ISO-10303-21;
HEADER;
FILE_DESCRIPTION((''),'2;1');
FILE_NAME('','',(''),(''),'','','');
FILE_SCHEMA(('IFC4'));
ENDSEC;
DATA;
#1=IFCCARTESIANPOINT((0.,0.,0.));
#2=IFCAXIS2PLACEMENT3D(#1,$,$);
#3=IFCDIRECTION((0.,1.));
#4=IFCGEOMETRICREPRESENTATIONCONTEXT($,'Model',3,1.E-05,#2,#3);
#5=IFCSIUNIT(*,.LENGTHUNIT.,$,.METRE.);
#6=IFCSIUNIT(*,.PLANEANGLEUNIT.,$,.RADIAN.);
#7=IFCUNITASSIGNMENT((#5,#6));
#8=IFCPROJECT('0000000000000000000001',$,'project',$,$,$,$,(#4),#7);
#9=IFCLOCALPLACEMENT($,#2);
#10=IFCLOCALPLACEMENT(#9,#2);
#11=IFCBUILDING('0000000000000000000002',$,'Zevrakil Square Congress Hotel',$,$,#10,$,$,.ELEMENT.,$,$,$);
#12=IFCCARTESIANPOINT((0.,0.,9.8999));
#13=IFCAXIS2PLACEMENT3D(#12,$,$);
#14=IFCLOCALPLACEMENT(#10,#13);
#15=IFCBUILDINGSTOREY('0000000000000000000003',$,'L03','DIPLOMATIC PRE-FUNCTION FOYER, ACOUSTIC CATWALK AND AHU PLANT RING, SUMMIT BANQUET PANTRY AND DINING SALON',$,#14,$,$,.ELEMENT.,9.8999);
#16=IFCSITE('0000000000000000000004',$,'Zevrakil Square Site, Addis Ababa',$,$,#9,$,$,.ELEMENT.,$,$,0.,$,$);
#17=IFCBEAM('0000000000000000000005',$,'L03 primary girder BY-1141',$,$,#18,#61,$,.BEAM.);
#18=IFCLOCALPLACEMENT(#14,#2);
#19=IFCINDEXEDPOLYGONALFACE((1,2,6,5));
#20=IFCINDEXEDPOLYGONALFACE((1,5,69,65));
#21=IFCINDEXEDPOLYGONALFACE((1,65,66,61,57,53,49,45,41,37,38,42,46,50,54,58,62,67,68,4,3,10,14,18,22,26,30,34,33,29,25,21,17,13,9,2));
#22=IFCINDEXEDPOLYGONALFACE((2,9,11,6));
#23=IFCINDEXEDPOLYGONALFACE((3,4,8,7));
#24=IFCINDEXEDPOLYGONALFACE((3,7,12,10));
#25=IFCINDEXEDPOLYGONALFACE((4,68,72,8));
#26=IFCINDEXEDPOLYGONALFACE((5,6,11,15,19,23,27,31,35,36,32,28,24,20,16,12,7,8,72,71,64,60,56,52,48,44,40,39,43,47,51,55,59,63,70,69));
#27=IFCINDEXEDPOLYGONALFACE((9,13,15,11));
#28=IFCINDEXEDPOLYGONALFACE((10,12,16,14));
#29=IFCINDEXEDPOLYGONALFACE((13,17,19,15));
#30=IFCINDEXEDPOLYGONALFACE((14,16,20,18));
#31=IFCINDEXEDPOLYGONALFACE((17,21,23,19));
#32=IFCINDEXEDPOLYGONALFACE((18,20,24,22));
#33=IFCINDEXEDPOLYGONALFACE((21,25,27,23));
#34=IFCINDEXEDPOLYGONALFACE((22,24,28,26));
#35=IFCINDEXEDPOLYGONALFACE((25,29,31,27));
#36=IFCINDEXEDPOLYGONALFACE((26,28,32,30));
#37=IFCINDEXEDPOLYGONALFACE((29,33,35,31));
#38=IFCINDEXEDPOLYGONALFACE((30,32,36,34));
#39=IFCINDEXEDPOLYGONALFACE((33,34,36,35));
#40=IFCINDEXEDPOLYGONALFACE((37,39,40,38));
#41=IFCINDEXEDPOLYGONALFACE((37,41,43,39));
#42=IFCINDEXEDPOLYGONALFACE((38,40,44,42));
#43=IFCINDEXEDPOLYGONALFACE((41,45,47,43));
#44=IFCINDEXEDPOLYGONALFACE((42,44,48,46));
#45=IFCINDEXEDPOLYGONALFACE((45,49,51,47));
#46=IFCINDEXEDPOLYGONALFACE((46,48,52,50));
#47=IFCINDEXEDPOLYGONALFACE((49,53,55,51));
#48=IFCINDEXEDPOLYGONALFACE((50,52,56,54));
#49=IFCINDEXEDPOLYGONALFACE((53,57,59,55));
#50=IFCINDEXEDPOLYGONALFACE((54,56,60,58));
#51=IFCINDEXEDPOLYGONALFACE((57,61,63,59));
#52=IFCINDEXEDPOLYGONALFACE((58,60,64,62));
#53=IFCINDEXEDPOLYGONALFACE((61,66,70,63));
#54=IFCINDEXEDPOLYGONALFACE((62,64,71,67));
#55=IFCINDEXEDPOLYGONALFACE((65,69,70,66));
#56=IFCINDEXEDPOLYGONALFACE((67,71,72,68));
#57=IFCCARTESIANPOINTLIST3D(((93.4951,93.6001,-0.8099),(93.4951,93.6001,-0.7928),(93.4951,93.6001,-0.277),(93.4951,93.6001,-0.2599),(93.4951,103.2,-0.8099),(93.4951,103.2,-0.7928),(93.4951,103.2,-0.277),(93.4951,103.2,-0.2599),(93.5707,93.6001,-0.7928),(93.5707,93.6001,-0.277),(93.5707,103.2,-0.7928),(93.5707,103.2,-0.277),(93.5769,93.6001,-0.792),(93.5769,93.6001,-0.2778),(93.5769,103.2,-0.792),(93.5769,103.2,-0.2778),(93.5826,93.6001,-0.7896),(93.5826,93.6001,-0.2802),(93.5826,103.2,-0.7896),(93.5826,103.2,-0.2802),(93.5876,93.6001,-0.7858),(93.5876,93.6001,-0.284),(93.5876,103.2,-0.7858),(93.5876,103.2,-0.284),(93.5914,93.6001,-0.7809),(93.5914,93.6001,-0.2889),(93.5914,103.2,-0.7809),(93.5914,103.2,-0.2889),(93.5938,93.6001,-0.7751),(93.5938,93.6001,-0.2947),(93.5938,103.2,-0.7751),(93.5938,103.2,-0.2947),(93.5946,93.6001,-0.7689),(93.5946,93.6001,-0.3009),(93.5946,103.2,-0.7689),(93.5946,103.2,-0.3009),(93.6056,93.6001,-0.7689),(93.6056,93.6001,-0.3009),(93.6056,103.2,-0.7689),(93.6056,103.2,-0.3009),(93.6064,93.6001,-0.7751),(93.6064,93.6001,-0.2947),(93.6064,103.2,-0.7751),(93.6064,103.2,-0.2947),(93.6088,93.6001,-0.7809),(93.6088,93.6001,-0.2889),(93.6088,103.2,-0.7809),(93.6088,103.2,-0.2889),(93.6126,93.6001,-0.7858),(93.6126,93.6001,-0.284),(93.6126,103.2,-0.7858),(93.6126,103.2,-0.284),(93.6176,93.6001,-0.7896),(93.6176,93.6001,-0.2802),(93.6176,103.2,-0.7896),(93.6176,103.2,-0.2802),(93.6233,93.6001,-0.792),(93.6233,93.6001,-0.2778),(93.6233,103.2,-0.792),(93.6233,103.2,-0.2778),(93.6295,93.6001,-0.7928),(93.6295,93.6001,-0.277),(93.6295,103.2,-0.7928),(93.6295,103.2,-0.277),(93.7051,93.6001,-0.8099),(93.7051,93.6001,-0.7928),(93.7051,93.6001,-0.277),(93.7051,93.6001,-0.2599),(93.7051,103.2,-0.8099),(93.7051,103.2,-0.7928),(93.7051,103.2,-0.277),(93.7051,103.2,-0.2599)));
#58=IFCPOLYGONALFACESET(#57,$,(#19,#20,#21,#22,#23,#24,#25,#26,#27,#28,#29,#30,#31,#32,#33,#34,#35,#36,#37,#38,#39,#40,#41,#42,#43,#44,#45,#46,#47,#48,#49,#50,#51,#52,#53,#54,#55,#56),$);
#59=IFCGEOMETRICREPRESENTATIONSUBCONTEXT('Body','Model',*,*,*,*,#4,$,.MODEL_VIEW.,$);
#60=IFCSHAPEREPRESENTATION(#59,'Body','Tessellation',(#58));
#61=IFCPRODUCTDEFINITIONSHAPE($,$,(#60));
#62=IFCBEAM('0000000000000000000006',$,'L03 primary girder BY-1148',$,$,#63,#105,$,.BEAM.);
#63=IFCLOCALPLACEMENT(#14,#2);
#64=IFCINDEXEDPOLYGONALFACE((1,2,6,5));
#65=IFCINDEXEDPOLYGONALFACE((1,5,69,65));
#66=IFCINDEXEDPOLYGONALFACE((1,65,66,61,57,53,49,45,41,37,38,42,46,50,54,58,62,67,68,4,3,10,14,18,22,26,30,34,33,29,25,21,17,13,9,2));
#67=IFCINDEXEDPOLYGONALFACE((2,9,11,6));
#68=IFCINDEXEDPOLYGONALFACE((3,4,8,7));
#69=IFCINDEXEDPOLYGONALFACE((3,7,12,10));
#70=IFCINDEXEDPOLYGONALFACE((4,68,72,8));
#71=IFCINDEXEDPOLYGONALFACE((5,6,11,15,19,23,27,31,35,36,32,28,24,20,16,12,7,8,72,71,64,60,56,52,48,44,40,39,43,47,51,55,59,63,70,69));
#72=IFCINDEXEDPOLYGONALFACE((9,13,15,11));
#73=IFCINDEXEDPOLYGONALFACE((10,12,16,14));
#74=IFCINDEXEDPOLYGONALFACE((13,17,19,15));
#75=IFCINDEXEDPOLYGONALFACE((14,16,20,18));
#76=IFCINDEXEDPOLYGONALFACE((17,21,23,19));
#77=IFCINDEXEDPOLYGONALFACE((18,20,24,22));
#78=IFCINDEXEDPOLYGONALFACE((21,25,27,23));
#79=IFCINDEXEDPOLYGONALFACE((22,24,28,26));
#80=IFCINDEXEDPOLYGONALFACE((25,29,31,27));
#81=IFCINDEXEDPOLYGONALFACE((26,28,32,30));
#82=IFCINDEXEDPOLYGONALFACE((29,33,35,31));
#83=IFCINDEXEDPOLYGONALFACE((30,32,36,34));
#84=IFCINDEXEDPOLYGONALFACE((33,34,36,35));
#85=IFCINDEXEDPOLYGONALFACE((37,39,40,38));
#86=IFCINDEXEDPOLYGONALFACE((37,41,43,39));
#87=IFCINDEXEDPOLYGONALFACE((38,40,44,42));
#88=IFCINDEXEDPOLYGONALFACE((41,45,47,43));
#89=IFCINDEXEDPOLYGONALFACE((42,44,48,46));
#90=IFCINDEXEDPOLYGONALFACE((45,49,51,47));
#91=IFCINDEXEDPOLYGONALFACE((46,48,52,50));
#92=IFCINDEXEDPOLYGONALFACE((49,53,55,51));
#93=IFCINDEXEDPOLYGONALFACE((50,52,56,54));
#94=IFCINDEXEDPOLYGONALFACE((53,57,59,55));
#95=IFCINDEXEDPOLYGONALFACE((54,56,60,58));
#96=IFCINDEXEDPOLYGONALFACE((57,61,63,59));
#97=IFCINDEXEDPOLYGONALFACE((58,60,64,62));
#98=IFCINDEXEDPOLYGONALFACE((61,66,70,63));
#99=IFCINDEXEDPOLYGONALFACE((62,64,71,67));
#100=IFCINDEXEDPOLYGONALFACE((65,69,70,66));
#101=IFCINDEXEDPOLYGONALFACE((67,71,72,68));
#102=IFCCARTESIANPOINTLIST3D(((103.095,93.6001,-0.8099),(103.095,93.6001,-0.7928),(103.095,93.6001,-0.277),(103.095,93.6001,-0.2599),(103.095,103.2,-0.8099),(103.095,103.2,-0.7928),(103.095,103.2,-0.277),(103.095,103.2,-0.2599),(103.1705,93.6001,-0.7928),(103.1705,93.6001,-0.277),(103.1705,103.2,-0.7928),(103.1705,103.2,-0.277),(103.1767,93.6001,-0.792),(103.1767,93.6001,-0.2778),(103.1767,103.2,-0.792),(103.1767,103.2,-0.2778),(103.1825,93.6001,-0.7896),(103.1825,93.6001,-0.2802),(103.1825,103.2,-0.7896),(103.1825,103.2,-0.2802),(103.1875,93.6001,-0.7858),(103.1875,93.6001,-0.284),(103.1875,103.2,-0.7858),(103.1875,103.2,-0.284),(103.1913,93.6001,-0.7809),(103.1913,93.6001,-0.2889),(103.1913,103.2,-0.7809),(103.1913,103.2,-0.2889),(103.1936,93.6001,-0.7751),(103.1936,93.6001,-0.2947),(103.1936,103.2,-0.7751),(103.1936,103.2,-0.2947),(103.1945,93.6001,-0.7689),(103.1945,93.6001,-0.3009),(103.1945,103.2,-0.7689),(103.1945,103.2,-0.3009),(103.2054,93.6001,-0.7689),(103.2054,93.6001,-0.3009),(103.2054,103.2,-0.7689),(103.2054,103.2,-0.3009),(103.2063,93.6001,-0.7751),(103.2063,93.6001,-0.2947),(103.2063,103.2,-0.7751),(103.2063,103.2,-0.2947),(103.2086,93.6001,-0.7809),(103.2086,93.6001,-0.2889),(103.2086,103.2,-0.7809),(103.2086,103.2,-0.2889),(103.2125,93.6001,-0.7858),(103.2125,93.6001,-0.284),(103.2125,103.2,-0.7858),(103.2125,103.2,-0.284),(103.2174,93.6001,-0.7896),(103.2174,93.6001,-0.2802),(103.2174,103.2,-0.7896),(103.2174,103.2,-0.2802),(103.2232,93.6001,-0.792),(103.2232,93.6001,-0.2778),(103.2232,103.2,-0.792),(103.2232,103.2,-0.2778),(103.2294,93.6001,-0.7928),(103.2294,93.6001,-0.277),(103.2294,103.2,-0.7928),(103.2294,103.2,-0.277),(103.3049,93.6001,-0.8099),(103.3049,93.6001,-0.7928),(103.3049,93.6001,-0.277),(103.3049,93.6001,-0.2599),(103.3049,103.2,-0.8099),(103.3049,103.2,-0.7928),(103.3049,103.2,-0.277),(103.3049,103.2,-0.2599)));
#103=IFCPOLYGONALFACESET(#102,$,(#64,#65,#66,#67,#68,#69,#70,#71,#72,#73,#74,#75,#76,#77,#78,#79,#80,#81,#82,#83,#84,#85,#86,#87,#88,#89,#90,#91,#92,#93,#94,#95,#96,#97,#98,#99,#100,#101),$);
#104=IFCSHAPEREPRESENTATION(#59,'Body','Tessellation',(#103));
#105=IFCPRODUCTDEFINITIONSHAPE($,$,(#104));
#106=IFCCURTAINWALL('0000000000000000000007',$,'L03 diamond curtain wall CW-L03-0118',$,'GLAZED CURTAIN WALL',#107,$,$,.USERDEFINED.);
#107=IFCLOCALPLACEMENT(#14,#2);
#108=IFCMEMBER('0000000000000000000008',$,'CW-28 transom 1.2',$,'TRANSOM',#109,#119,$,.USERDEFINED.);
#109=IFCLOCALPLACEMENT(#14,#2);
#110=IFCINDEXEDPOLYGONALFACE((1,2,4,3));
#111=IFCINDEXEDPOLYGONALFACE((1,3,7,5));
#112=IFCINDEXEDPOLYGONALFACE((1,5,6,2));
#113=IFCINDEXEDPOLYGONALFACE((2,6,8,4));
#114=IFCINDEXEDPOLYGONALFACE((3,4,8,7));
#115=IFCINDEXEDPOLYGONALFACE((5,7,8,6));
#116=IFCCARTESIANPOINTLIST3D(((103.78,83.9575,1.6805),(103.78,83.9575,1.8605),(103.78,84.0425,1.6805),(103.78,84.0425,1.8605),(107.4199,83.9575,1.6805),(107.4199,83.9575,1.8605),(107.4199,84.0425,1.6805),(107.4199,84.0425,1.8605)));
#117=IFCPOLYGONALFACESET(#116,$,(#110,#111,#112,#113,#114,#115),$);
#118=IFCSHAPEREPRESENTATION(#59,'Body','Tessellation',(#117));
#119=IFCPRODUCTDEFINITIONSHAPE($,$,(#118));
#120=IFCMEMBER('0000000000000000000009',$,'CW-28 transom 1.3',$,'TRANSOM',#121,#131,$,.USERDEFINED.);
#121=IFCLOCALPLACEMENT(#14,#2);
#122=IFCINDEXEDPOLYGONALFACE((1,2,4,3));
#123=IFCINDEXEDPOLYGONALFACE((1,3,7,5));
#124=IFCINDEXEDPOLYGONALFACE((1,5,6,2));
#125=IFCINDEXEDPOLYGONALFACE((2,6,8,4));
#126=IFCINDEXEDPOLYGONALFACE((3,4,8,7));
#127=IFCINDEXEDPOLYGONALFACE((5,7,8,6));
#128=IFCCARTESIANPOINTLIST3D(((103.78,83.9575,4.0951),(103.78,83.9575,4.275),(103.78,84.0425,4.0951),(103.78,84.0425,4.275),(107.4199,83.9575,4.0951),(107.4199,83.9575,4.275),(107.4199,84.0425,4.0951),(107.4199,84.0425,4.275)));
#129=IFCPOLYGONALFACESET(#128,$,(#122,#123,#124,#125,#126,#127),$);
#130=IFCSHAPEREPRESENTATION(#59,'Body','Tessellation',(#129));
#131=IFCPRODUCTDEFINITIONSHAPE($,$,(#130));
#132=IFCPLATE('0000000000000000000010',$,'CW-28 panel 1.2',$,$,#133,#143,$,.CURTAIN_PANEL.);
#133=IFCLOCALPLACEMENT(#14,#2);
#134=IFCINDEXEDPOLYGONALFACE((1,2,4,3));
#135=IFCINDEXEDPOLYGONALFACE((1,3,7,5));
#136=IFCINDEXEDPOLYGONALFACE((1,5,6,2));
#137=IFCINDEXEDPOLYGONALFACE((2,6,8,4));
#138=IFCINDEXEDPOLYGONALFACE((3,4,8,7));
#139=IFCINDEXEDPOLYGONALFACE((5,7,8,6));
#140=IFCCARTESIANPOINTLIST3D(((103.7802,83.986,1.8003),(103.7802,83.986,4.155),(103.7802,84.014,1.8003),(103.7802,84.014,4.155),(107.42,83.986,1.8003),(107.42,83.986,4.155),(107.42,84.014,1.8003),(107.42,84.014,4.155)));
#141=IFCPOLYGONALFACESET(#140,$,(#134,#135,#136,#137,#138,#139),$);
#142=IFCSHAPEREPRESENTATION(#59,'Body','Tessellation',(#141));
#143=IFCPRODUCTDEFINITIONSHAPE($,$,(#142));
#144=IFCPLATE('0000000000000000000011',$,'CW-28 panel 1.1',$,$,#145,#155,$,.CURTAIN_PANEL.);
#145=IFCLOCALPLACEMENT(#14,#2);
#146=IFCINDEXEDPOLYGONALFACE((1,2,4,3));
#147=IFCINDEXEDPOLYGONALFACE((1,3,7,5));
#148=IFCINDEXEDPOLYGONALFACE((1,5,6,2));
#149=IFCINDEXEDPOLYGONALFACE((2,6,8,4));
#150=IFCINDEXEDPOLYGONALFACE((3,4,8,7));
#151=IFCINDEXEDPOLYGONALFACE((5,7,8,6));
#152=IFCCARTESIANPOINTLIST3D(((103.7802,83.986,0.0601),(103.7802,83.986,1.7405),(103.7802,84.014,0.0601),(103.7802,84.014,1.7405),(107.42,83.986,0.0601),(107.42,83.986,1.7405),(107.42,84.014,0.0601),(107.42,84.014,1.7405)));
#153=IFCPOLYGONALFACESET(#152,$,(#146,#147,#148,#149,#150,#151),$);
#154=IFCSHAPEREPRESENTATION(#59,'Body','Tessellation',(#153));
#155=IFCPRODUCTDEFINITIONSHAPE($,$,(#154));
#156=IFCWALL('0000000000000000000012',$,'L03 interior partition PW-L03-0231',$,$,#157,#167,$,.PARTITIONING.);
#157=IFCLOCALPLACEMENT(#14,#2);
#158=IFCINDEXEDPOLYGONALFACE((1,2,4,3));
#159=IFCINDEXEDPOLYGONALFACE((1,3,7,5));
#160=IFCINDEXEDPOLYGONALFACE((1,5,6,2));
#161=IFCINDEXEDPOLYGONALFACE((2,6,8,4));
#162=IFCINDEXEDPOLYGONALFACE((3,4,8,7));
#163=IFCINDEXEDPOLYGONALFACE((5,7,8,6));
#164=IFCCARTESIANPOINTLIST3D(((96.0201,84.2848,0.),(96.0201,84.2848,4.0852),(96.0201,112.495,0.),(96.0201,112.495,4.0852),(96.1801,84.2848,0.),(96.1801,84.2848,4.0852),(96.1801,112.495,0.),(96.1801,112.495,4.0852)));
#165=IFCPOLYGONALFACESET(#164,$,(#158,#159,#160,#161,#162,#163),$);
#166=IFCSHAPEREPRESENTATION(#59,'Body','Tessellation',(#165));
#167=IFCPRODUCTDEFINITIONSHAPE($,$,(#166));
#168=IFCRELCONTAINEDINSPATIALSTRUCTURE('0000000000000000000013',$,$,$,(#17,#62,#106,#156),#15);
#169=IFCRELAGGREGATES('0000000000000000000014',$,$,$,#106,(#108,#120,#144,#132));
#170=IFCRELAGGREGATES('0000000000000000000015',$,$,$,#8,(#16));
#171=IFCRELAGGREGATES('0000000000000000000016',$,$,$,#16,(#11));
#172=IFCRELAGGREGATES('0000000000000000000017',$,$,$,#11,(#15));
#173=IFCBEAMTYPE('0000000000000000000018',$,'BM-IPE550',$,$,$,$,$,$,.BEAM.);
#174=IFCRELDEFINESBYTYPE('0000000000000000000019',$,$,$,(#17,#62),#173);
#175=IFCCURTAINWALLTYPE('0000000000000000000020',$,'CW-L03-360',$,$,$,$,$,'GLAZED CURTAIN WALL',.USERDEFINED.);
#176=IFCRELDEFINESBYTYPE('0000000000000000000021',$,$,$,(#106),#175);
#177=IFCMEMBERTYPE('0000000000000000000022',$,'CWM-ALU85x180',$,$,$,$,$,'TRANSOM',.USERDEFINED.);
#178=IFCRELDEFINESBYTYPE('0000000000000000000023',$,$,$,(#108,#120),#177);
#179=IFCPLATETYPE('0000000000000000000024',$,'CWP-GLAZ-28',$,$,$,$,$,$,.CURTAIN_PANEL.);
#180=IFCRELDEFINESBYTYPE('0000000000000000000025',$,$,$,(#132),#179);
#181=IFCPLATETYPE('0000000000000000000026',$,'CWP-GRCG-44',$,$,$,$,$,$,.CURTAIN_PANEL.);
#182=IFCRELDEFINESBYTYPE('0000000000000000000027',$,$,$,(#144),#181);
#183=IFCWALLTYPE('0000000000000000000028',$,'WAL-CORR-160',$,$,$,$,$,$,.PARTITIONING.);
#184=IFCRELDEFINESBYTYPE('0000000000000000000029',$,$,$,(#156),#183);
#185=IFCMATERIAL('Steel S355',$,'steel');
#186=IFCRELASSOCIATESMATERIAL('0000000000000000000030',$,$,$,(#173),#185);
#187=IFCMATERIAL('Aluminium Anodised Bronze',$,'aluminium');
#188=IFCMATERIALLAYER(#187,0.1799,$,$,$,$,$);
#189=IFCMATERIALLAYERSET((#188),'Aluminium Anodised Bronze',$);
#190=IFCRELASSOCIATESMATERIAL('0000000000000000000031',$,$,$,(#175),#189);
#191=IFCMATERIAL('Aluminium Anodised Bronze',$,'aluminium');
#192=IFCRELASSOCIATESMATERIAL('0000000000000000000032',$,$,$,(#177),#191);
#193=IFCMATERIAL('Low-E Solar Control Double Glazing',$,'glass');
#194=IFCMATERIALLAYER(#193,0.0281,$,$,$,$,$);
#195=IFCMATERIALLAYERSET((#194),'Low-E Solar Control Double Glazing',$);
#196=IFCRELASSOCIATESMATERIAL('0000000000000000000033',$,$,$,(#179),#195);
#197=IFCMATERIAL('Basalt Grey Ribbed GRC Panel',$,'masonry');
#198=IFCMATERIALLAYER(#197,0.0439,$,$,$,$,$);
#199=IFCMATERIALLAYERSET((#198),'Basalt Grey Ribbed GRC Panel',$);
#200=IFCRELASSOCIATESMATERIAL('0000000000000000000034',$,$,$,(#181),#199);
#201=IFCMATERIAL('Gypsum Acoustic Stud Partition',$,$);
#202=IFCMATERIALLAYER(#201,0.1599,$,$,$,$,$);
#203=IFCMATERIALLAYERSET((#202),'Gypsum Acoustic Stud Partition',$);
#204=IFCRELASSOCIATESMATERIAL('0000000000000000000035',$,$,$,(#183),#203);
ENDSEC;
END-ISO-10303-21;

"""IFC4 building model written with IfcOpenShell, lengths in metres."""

from ifc_helpers import new_model, si_unit, direction, frame, frame_2d, origin, origin_2d, place, context, subcontext, project, spatial, rectangle, i_section, extrude, material, layer, layer_set, material_profile, profile_set, type_object, element, aggregate, save


model = new_model("IFC4")

# Units and contexts
model_context = context("Model", 3, precision=1e-05, world=origin(), true_north=direction((0.0, 1.0)))
body_context = subcontext(model_context, "Body", "Model", "MODEL_VIEW")
ifc_project = project(units=[si_unit("LENGTHUNIT", "METRE"), si_unit("PLANEANGLEUNIT", "RADIAN")], contexts=[model_context])

# Site, building, storey
site_placement = place(None, origin())
site = spatial("IfcSite", under=ifc_project, at=site_placement, Name="Zevrakil Square Site, Addis Ababa", CompositionType="ELEMENT", RefElevation=0.0)
building_placement = place(site_placement, origin())
building = spatial("IfcBuilding", under=site, at=building_placement, Name="Zevrakil Square Congress Hotel", CompositionType="ELEMENT")
storey_placement = place(building_placement, frame((0.0, 0.0, 9.8999)))
storey = spatial("IfcBuildingStorey", under=building, at=storey_placement, Name="L03", Description="DIPLOMATIC PRE-FUNCTION FOYER, ACOUSTIC CATWALK AND AHU PLANT RING, SUMMIT BANQUET PANTRY AND DINING SALON", CompositionType="ELEMENT", Elevation=9.8999)

# Beams
ifc_material_1 = material(Name="Steel S355", Category="steel")
ifc_material_profile_1 = material_profile(ifc_material_1, i_section(OverallWidth=0.21, OverallDepth=0.55, WebThickness=0.011, FlangeThickness=0.0171, FilletRadius=0.0239, at=origin_2d()), Name="IPE 550")
ifc_profile_set_1 = profile_set([ifc_material_profile_1], Name="Steel S355")
beam_type_1 = type_object("IfcBeamType", Name="BM-IPE550", PredefinedType="BEAM", material=ifc_profile_set_1)
for number, where, z_axis, x_axis, name in (
    (1, (93.6001, 93.6001, -0.5349), (0.0, 1.0, 0.0), (-1.0, 0.0, 0.0), "L03 primary girder BY-1141"),
    (2, (103.2, 93.6001, -0.5349), (0.0, 1.0, 0.0), (-1.0, 0.0, 0.0), "L03 primary girder BY-1148"),
):
    element("IfcBeam", number, at=place(storey_placement, frame(where, z_axis=z_axis, x_axis=x_axis)), inside=storey, type_object=beam_type_1, Name=name, PredefinedType="BEAM", context=body_context, shape_type="SweptSolid", body=[
        extrude(i_section(OverallWidth=0.21, OverallDepth=0.55, WebThickness=0.011, FlangeThickness=0.0171, FilletRadius=0.0239, at=origin_2d()), origin(), (0.0, 0.0, 1.0), 9.5999),
    ])

# Curtain wall, members, plates
ifc_material_2 = material(Name="Aluminium Anodised Bronze", Category="aluminium")
ifc_layer_1 = layer(ifc_material_2, 0.1799)
ifc_layer_set_1 = layer_set([ifc_layer_1], Name="Aluminium Anodised Bronze")
curtain_wall_type = type_object("IfcCurtainWallType", Name="CW-L03-360", ElementType="GLAZED CURTAIN WALL", PredefinedType="USERDEFINED", material=ifc_layer_set_1)
curtain_wall_placement = place(storey_placement, origin())
curtain_wall = element("IfcCurtainWall", 3, at=curtain_wall_placement, inside=storey, type_object=curtain_wall_type, Name="L03 diamond curtain wall CW-L03-0118", ObjectType="GLAZED CURTAIN WALL", PredefinedType="USERDEFINED")
ifc_material_3 = material(Name="Aluminium Anodised Bronze", Category="aluminium")
ifc_material_profile_2 = material_profile(ifc_material_3, rectangle(XDim=0.085, YDim=0.1799, at=origin_2d()), Name="ALU 85x180")
ifc_profile_set_2 = profile_set([ifc_material_profile_2], Name="Aluminium Anodised Bronze")
member_type = type_object("IfcMemberType", Name="CWM-ALU85x180", ElementType="TRANSOM", PredefinedType="USERDEFINED", material=ifc_profile_set_2)
member_1_placement = place(storey_placement, frame((103.78, 84.0, 1.7705), z_axis=(1.0, 0.0, 0.0), x_axis=(0.0, 1.0, 0.0)))
member_1 = element("IfcMember", 4, at=member_1_placement, type_object=member_type, Name="CW-28 transom 1.2", ObjectType="TRANSOM", PredefinedType="USERDEFINED", context=body_context, shape_type="SweptSolid", body=[
    extrude(rectangle(XDim=0.085, YDim=0.1799, at=origin_2d()), origin(), (0.0, 0.0, 1.0), 3.6399),
])
member_2_placement = place(storey_placement, frame((103.78, 84.0, 4.1851), z_axis=(1.0, 0.0, 0.0), x_axis=(0.0, 1.0, 0.0)))
member_2 = element("IfcMember", 5, at=member_2_placement, type_object=member_type, Name="CW-28 transom 1.3", ObjectType="TRANSOM", PredefinedType="USERDEFINED", context=body_context, shape_type="SweptSolid", body=[
    extrude(rectangle(XDim=0.085, YDim=0.1799, at=origin_2d()), origin(), (0.0, 0.0, 1.0), 3.6399),
])
ifc_material_4 = material(Name="Low-E Solar Control Double Glazing", Category="glass")
ifc_layer_2 = layer(ifc_material_4, 0.0281)
ifc_layer_set_2 = layer_set([ifc_layer_2], Name="Low-E Solar Control Double Glazing")
plate_type_1 = type_object("IfcPlateType", Name="CWP-GLAZ-28", PredefinedType="CURTAIN_PANEL", material=ifc_layer_set_2)
plate_1_placement = place(storey_placement, frame((105.6001, 84.0, 1.8003), z_axis=(0.0, 0.0, 1.0), x_axis=(1.0, 0.0, 0.0)))
plate_1 = element("IfcPlate", 6, at=plate_1_placement, type_object=plate_type_1, Name="CW-28 panel 1.2", PredefinedType="CURTAIN_PANEL", context=body_context, shape_type="SweptSolid", body=[
    extrude(rectangle(XDim=3.6399, YDim=0.0281, at=origin_2d()), origin(), (0.0, 0.0, 1.0), 2.3547),
])
ifc_material_5 = material(Name="Basalt Grey Ribbed GRC Panel", Category="masonry")
ifc_layer_3 = layer(ifc_material_5, 0.0439)
ifc_layer_set_3 = layer_set([ifc_layer_3], Name="Basalt Grey Ribbed GRC Panel")
plate_type_2 = type_object("IfcPlateType", Name="CWP-GRCG-44", PredefinedType="CURTAIN_PANEL", material=ifc_layer_set_3)
plate_2_placement = place(storey_placement, frame((105.6001, 84.0, 0.0601), z_axis=(0.0, 0.0, 1.0), x_axis=(1.0, 0.0, 0.0)))
plate_2 = element("IfcPlate", 7, at=plate_2_placement, type_object=plate_type_2, Name="CW-28 panel 1.1", PredefinedType="CURTAIN_PANEL", context=body_context, shape_type="SweptSolid", body=[
    extrude(rectangle(XDim=3.6399, YDim=0.0281, at=origin_2d()), origin(), (0.0, 0.0, 1.0), 1.6804),
])
aggregate(curtain_wall, [member_1, member_2, plate_2, plate_1])

# Wall
ifc_material_6 = material(Name="Gypsum Acoustic Stud Partition")
ifc_layer_4 = layer(ifc_material_6, 0.1599)
ifc_layer_set_4 = layer_set([ifc_layer_4], Name="Gypsum Acoustic Stud Partition")
wall_type_1 = type_object("IfcWallType", Name="WAL-CORR-160", PredefinedType="PARTITIONING", material=ifc_layer_set_4)
wall_1_placement = place(storey_placement, frame((96.1001, 84.2849, 0.0), z_axis=(0.0, 0.0, 1.0), x_axis=(0.0, 1.0, 0.0)))
element("IfcWall", 8, at=wall_1_placement, inside=storey, type_object=wall_type_1, Name="L03 interior partition PW-L03-0231", PredefinedType="PARTITIONING", context=body_context, shape_type="SweptSolid", body=[
    extrude(rectangle(XDim=28.2102, YDim=0.1599, at=frame_2d((14.105, 0.0))), origin(), (0.0, 0.0, 1.0), 4.0852),
])

save(model, "model.ifc")
